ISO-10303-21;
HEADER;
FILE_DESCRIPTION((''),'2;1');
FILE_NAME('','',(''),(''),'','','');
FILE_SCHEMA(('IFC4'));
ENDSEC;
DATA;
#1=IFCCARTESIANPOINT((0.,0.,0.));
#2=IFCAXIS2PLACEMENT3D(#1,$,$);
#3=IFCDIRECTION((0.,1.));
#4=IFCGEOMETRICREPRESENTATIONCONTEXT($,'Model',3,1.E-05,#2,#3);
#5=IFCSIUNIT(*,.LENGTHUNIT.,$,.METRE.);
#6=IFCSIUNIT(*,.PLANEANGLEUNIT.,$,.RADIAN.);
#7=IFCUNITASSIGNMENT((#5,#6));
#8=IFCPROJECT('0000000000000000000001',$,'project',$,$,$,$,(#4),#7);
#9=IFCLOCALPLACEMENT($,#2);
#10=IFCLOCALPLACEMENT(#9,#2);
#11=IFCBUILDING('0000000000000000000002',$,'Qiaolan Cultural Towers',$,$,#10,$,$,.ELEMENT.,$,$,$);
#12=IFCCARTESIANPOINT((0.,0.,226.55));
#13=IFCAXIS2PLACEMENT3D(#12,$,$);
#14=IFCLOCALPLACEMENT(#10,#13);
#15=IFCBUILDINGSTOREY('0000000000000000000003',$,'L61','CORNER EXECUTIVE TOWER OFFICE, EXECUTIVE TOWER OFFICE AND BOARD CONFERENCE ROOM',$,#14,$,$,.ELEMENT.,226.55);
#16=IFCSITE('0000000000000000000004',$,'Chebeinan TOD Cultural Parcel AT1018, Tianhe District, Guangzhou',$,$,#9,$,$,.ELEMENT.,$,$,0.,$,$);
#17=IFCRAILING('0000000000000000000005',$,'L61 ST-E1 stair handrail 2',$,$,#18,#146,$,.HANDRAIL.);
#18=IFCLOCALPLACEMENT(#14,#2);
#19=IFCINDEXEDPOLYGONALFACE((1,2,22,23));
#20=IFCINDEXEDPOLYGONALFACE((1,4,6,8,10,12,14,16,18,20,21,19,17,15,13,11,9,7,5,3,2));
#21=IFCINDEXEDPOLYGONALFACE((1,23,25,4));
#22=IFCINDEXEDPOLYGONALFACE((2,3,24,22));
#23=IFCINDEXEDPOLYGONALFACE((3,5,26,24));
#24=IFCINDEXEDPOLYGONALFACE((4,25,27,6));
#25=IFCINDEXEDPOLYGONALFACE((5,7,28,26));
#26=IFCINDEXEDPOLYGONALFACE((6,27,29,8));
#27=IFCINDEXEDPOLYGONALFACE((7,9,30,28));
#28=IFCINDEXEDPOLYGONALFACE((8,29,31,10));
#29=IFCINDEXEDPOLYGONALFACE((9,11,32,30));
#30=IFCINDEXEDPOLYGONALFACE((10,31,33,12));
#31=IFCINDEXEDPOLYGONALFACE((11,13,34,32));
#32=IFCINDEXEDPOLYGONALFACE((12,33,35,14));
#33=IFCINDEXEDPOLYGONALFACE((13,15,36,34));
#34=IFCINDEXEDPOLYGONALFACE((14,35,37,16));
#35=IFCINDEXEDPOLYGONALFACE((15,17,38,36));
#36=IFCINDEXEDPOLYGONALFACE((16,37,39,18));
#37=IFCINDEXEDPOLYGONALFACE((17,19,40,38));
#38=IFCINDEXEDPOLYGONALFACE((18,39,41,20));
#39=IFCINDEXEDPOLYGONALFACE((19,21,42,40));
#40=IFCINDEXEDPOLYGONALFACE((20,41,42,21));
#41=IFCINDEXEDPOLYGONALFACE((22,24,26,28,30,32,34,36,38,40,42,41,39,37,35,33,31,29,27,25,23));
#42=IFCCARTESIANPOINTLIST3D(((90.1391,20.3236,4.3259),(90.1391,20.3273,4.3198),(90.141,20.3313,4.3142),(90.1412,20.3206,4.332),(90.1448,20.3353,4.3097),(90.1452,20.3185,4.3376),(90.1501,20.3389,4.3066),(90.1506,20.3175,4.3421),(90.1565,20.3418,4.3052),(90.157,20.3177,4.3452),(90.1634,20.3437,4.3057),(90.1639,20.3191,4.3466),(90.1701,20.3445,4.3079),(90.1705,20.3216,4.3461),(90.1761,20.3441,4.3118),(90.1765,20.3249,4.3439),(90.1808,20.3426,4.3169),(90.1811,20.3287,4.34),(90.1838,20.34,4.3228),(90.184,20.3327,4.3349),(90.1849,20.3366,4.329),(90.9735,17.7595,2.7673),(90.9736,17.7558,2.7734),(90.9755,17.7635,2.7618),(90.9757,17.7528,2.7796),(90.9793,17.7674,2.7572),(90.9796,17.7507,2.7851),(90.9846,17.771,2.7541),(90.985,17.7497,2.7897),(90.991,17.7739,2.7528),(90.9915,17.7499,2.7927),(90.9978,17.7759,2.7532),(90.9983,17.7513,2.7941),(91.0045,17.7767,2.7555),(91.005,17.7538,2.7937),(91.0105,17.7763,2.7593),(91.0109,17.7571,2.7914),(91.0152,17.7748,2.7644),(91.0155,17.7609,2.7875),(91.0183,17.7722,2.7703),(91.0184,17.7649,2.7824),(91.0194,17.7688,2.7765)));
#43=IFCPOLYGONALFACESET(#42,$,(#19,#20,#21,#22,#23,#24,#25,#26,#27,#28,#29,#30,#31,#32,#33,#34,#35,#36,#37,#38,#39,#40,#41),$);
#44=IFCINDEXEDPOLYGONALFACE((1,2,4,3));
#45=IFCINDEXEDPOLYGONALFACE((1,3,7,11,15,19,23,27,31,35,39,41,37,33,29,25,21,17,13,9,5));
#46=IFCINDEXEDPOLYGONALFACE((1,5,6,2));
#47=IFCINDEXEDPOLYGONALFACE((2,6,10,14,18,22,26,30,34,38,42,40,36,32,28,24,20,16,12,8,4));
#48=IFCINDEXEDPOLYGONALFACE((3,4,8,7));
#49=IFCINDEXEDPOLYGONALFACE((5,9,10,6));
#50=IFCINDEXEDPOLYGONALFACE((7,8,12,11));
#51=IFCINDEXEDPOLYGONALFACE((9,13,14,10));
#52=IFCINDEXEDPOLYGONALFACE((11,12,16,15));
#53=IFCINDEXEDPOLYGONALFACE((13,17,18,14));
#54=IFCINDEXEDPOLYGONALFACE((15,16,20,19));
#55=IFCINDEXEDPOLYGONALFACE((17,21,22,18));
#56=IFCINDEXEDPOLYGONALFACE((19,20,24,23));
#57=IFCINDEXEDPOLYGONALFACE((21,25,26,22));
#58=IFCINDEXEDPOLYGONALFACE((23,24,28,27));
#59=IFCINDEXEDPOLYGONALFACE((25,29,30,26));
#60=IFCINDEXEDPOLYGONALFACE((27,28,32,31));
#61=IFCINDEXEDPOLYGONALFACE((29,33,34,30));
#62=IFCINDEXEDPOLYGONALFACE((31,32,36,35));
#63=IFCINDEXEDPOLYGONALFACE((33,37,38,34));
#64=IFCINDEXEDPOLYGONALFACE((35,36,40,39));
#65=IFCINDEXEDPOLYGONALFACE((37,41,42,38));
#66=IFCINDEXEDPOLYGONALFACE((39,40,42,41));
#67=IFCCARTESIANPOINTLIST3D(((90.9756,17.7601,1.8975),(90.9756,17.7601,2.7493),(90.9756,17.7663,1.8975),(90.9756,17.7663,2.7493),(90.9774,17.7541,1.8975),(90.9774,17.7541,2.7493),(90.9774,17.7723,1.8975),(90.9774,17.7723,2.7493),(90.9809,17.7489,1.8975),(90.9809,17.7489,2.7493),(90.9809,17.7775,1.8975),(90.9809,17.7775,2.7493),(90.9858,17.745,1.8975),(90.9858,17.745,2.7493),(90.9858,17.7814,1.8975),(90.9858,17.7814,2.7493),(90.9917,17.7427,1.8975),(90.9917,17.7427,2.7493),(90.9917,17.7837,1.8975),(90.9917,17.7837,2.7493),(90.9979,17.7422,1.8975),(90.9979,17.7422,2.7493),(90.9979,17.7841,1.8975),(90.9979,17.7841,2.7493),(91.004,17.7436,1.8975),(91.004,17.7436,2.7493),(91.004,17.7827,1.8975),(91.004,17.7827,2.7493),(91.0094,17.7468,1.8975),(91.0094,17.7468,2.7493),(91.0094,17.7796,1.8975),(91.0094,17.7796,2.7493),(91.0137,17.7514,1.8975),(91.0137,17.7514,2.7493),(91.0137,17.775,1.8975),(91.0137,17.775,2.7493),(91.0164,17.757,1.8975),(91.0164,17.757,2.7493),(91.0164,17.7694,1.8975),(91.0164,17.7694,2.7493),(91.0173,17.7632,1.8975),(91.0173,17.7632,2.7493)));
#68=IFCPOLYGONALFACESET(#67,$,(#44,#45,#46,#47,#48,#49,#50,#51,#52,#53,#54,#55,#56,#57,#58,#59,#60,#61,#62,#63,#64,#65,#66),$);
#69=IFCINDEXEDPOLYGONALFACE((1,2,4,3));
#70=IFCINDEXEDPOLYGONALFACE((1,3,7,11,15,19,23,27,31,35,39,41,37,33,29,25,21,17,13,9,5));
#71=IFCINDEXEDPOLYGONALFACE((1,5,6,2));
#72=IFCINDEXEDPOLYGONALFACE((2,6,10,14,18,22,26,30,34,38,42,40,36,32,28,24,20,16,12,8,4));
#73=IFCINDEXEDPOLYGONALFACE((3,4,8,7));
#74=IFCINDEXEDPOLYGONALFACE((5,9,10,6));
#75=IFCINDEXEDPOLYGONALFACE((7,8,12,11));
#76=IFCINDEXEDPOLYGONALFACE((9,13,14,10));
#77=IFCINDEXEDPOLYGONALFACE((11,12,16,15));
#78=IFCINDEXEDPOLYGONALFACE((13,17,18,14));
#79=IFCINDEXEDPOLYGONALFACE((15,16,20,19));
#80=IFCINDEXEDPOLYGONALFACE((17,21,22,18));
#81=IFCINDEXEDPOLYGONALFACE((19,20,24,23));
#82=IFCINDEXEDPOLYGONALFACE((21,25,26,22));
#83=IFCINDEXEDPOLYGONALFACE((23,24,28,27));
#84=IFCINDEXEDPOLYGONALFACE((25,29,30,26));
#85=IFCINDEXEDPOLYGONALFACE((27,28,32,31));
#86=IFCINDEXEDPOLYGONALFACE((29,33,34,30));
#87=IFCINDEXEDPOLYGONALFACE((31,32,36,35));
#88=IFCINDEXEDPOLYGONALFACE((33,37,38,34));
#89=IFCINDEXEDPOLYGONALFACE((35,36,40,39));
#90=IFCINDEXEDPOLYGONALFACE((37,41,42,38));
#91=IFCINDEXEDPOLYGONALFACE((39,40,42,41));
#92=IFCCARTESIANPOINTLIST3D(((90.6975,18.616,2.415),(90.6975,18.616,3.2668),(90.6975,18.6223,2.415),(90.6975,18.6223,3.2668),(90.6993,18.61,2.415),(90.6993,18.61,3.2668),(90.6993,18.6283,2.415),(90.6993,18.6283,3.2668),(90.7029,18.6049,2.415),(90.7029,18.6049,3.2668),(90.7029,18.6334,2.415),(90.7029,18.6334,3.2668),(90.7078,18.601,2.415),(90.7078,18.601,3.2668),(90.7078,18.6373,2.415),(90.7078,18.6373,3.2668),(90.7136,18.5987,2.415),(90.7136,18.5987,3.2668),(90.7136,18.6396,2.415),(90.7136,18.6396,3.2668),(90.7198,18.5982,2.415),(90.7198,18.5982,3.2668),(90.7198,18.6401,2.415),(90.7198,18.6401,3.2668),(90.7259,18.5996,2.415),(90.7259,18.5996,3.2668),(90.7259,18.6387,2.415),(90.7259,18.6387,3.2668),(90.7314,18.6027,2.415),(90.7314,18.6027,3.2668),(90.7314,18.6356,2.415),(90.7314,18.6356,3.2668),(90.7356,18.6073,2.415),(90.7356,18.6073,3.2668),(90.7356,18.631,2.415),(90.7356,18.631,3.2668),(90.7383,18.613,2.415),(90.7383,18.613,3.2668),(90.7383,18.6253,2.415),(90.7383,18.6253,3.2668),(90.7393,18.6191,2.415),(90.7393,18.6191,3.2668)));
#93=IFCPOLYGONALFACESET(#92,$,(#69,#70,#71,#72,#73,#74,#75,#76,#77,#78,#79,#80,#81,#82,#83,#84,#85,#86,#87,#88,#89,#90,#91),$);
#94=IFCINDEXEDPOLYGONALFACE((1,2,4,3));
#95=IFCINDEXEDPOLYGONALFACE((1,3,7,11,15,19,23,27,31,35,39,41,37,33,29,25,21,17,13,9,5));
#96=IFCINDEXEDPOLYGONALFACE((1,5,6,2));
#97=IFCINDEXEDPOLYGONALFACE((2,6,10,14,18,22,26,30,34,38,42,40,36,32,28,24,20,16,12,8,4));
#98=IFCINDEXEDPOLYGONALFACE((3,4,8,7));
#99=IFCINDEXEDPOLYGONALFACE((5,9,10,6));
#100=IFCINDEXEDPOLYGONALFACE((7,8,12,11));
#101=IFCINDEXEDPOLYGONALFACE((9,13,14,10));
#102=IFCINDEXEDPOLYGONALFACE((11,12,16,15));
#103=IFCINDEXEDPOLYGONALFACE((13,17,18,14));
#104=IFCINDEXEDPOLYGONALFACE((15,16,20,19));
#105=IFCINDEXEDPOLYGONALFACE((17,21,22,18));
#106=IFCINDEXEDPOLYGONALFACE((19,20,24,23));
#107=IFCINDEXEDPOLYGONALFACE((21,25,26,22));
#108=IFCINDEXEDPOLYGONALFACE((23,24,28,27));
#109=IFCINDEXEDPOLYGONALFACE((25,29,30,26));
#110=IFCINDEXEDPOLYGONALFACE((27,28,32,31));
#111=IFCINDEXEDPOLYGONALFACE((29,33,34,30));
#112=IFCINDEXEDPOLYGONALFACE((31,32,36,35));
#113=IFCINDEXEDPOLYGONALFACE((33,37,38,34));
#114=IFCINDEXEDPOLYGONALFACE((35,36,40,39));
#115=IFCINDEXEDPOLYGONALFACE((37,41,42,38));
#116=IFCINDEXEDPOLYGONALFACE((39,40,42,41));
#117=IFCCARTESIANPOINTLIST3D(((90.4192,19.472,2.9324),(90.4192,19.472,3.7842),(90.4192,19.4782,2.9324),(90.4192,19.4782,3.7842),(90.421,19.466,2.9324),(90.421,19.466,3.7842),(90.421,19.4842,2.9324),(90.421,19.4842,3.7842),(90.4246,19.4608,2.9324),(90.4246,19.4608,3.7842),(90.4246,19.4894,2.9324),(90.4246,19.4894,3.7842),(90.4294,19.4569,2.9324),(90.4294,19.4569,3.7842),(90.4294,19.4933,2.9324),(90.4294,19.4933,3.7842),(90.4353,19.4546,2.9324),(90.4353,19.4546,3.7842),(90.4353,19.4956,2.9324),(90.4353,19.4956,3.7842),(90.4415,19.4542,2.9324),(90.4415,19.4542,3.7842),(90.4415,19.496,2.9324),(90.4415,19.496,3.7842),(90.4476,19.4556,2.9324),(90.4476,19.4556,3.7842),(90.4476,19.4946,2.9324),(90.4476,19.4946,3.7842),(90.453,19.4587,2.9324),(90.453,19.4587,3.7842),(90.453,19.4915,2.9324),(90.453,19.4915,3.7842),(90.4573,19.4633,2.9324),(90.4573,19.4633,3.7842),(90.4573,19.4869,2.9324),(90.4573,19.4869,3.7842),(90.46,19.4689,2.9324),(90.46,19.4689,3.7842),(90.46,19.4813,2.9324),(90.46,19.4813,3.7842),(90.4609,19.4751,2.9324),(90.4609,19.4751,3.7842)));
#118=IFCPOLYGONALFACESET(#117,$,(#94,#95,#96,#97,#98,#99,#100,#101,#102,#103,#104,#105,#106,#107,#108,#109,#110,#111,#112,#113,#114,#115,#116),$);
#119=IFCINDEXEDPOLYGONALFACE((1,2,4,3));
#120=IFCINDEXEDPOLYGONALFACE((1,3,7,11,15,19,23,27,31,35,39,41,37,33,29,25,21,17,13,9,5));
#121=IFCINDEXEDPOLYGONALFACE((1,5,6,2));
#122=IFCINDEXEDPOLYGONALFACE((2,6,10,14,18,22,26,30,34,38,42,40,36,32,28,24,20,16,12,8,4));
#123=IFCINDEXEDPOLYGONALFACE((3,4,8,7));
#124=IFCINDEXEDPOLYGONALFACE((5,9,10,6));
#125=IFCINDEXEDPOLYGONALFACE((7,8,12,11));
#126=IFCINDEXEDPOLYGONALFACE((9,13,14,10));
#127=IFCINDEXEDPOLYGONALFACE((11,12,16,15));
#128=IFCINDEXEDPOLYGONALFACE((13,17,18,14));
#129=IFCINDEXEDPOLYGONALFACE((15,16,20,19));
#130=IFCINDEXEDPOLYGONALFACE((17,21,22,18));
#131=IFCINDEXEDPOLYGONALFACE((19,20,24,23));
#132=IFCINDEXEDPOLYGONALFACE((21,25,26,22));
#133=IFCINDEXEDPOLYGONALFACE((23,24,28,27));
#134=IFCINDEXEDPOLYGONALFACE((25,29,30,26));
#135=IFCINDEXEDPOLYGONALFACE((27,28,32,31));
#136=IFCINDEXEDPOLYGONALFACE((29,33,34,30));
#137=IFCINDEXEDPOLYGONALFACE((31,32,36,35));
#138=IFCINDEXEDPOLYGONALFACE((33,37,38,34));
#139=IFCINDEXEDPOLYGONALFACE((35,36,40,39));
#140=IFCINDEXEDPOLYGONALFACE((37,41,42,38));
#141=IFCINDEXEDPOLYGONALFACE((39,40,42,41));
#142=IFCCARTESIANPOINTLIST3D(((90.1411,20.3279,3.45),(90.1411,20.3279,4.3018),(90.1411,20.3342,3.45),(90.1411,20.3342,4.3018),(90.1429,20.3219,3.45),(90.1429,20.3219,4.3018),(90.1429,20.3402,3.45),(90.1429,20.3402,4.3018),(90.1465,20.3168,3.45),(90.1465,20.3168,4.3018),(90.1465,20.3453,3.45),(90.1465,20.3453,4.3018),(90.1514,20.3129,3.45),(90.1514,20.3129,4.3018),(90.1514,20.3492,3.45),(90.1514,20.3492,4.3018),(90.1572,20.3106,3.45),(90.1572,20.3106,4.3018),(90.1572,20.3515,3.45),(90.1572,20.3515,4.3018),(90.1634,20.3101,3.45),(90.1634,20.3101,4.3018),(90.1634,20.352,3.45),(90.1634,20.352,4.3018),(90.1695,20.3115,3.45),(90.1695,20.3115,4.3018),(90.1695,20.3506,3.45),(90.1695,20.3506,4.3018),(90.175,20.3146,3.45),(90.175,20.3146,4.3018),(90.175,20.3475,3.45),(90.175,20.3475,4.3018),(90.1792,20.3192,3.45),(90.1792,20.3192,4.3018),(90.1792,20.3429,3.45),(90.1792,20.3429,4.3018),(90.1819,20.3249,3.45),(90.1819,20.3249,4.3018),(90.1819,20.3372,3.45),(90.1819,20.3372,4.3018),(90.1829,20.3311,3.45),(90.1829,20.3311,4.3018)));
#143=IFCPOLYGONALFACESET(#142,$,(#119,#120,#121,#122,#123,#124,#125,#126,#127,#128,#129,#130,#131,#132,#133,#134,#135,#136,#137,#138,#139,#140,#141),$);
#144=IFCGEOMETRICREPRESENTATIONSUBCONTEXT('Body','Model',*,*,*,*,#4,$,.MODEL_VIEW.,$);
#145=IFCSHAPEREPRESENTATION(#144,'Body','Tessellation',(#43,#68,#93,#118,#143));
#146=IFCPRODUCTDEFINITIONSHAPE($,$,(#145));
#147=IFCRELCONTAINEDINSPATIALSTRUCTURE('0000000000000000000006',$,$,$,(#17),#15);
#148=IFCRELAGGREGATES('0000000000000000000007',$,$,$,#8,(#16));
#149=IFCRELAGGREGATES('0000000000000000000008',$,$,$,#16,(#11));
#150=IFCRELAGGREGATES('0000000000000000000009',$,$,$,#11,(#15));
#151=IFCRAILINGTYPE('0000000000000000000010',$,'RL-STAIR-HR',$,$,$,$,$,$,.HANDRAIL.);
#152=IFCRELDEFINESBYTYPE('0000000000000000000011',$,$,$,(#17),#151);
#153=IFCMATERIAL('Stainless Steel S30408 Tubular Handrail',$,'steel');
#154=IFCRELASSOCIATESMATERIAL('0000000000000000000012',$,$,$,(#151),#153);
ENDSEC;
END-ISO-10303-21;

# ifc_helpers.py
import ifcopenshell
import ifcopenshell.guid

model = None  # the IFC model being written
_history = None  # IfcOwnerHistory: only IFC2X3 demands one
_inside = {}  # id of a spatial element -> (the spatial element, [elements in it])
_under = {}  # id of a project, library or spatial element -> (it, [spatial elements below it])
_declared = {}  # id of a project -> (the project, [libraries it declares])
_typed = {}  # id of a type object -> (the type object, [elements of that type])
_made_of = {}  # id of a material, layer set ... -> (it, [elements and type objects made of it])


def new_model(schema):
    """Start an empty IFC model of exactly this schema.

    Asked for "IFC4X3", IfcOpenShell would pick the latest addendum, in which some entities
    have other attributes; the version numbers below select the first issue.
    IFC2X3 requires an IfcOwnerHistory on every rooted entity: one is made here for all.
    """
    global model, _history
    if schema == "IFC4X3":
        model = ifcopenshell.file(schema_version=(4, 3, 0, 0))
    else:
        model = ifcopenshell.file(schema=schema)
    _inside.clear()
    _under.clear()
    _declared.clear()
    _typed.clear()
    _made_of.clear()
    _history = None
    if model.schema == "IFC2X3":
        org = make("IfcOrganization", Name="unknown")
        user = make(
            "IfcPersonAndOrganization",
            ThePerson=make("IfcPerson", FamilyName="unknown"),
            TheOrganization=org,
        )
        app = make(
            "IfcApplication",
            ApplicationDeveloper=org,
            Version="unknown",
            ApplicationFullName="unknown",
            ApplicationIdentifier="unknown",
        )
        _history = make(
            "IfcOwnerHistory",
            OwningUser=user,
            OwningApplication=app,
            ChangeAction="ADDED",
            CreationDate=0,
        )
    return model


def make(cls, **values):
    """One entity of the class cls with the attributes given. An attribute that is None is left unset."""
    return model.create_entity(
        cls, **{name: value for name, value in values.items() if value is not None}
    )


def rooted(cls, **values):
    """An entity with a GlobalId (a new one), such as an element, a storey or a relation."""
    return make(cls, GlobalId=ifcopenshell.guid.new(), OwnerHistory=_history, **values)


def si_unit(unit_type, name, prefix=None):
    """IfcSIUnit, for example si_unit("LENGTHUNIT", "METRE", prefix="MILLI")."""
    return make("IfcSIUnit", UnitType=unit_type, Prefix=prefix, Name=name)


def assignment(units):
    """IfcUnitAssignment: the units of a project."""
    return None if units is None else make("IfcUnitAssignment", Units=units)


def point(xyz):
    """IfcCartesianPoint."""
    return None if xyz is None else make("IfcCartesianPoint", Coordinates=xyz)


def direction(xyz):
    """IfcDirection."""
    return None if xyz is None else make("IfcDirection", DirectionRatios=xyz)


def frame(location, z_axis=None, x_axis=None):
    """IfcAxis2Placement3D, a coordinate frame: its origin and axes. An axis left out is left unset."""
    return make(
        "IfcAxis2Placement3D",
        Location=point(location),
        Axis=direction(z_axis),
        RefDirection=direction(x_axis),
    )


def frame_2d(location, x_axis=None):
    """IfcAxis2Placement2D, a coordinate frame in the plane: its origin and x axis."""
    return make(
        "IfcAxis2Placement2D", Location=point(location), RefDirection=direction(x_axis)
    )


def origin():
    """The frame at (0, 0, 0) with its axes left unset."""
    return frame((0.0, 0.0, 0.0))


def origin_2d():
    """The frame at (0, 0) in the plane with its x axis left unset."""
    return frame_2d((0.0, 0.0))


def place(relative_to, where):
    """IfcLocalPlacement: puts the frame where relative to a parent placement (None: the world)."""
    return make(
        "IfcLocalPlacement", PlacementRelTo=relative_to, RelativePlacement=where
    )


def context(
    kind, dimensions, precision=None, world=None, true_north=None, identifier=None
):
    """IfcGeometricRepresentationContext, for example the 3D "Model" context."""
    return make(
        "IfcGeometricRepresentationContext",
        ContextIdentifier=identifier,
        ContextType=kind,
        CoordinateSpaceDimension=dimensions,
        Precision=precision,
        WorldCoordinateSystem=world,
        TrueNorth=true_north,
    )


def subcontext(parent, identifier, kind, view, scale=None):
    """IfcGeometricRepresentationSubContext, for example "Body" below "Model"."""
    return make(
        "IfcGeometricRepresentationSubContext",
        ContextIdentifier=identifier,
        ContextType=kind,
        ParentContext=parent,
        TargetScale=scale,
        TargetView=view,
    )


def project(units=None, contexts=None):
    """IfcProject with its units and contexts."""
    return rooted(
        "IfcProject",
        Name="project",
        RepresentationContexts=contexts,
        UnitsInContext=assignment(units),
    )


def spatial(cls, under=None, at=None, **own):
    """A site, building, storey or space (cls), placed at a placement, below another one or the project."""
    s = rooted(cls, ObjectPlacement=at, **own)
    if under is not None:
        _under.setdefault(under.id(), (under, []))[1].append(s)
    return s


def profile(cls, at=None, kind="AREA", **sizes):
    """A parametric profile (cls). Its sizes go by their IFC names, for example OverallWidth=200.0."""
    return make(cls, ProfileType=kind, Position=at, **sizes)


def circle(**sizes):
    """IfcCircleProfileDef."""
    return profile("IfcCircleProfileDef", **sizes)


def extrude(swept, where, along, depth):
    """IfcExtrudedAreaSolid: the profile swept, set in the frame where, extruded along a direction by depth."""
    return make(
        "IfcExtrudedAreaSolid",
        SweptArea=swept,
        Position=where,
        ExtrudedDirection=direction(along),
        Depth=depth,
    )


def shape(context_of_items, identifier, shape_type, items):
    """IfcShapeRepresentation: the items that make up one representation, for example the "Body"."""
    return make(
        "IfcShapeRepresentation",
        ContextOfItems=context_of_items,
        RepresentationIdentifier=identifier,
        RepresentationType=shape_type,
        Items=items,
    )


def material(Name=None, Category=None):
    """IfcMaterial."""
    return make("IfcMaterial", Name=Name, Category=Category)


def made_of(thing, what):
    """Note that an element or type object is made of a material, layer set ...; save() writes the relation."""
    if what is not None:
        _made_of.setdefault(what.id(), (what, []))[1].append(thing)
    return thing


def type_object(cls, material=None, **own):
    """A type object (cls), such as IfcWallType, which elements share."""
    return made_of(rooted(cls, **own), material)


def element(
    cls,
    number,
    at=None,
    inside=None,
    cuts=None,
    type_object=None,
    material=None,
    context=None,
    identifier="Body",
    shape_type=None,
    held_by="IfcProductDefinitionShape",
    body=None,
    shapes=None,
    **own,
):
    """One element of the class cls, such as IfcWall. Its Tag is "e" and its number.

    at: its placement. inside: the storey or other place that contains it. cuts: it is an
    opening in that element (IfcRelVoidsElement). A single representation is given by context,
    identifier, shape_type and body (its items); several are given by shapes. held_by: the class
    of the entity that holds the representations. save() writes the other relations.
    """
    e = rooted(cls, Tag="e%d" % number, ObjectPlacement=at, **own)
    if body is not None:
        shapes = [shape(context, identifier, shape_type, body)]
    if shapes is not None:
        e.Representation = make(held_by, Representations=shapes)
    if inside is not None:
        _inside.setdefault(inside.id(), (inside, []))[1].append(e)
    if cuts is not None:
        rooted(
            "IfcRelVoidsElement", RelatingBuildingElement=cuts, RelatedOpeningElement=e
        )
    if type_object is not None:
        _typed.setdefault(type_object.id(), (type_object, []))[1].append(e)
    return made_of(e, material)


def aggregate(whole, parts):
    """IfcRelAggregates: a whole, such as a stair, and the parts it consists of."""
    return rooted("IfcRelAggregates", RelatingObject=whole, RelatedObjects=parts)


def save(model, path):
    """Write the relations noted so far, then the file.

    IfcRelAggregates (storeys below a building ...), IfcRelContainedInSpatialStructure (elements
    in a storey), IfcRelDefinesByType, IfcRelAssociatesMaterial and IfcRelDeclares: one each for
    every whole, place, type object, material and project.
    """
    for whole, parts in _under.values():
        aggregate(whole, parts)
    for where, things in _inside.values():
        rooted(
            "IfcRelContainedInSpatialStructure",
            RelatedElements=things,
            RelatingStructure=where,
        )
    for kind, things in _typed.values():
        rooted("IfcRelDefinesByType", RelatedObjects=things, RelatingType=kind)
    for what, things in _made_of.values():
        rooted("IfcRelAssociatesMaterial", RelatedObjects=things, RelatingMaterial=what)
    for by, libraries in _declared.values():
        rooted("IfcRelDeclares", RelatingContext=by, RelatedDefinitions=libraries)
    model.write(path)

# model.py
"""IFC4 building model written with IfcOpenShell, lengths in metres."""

from ifc_helpers import new_model, si_unit, direction, frame, origin, origin_2d, place, context, subcontext, project, spatial, circle, extrude, material, type_object, element, save


model = new_model("IFC4")

# Units and contexts
model_context = context("Model", 3, precision=1e-05, world=origin(), true_north=direction((0.0, 1.0)))
body_context = subcontext(model_context, "Body", "Model", "MODEL_VIEW")
ifc_project = project(units=[si_unit("LENGTHUNIT", "METRE"), si_unit("PLANEANGLEUNIT", "RADIAN")], contexts=[model_context])

# Site, building, storey
site_placement = place(None, origin())
site = spatial("IfcSite", under=ifc_project, at=site_placement, Name="Chebeinan TOD Cultural Parcel AT1018, Tianhe District, Guangzhou", CompositionType="ELEMENT", RefElevation=0.0)
building_placement = place(site_placement, origin())
building = spatial("IfcBuilding", under=site, at=building_placement, Name="Qiaolan Cultural Towers", CompositionType="ELEMENT")
storey_placement = place(building_placement, frame((0.0, 0.0, 226.55)))
storey = spatial("IfcBuildingStorey", under=building, at=storey_placement, Name="L61", Description="CORNER EXECUTIVE TOWER OFFICE, EXECUTIVE TOWER OFFICE AND BOARD CONFERENCE ROOM", CompositionType="ELEMENT", Elevation=226.55)

# Railing
ifc_material_1 = material(Name="Stainless Steel S30408 Tubular Handrail", Category="steel")
railing_type_1 = type_object("IfcRailingType", Name="RL-STAIR-HR", PredefinedType="HANDRAIL", material=ifc_material_1)
railing_1_placement = place(storey_placement, frame((90.9963, 17.7632, 1.8975)))
element("IfcRailing", 1, at=railing_1_placement, inside=storey, type_object=railing_type_1, Name="L61 ST-E1 stair handrail 2", PredefinedType="HANDRAIL", context=body_context, shape_type="SweptSolid", body=[
    extrude(circle(Radius=0.0239, at=origin_2d()), frame((0.0, 0.0, 0.876), z_axis=(-0.267926, 0.824471, 0.498461), x_axis=(-0.951043, -0.309057, 0.0)), (0.0, 0.0, 1.0), 3.1145),
    extrude(circle(Radius=0.021, at=origin_2d()), origin(), (0.0, 0.0, 1.0), 0.8518),
    extrude(circle(Radius=0.021, at=origin_2d()), frame((-0.2781, 0.856, 0.5176)), (0.0, 0.0, 1.0), 0.8518),
    extrude(circle(Radius=0.021, at=origin_2d()), frame((-0.5564, 1.7119, 1.0349)), (0.0, 0.0, 1.0), 0.8518),
    extrude(circle(Radius=0.021, at=origin_2d()), frame((-0.8345, 2.5679, 1.5525)), (0.0, 0.0, 1.0), 0.8518),
])

save(model, "model.ifc")
